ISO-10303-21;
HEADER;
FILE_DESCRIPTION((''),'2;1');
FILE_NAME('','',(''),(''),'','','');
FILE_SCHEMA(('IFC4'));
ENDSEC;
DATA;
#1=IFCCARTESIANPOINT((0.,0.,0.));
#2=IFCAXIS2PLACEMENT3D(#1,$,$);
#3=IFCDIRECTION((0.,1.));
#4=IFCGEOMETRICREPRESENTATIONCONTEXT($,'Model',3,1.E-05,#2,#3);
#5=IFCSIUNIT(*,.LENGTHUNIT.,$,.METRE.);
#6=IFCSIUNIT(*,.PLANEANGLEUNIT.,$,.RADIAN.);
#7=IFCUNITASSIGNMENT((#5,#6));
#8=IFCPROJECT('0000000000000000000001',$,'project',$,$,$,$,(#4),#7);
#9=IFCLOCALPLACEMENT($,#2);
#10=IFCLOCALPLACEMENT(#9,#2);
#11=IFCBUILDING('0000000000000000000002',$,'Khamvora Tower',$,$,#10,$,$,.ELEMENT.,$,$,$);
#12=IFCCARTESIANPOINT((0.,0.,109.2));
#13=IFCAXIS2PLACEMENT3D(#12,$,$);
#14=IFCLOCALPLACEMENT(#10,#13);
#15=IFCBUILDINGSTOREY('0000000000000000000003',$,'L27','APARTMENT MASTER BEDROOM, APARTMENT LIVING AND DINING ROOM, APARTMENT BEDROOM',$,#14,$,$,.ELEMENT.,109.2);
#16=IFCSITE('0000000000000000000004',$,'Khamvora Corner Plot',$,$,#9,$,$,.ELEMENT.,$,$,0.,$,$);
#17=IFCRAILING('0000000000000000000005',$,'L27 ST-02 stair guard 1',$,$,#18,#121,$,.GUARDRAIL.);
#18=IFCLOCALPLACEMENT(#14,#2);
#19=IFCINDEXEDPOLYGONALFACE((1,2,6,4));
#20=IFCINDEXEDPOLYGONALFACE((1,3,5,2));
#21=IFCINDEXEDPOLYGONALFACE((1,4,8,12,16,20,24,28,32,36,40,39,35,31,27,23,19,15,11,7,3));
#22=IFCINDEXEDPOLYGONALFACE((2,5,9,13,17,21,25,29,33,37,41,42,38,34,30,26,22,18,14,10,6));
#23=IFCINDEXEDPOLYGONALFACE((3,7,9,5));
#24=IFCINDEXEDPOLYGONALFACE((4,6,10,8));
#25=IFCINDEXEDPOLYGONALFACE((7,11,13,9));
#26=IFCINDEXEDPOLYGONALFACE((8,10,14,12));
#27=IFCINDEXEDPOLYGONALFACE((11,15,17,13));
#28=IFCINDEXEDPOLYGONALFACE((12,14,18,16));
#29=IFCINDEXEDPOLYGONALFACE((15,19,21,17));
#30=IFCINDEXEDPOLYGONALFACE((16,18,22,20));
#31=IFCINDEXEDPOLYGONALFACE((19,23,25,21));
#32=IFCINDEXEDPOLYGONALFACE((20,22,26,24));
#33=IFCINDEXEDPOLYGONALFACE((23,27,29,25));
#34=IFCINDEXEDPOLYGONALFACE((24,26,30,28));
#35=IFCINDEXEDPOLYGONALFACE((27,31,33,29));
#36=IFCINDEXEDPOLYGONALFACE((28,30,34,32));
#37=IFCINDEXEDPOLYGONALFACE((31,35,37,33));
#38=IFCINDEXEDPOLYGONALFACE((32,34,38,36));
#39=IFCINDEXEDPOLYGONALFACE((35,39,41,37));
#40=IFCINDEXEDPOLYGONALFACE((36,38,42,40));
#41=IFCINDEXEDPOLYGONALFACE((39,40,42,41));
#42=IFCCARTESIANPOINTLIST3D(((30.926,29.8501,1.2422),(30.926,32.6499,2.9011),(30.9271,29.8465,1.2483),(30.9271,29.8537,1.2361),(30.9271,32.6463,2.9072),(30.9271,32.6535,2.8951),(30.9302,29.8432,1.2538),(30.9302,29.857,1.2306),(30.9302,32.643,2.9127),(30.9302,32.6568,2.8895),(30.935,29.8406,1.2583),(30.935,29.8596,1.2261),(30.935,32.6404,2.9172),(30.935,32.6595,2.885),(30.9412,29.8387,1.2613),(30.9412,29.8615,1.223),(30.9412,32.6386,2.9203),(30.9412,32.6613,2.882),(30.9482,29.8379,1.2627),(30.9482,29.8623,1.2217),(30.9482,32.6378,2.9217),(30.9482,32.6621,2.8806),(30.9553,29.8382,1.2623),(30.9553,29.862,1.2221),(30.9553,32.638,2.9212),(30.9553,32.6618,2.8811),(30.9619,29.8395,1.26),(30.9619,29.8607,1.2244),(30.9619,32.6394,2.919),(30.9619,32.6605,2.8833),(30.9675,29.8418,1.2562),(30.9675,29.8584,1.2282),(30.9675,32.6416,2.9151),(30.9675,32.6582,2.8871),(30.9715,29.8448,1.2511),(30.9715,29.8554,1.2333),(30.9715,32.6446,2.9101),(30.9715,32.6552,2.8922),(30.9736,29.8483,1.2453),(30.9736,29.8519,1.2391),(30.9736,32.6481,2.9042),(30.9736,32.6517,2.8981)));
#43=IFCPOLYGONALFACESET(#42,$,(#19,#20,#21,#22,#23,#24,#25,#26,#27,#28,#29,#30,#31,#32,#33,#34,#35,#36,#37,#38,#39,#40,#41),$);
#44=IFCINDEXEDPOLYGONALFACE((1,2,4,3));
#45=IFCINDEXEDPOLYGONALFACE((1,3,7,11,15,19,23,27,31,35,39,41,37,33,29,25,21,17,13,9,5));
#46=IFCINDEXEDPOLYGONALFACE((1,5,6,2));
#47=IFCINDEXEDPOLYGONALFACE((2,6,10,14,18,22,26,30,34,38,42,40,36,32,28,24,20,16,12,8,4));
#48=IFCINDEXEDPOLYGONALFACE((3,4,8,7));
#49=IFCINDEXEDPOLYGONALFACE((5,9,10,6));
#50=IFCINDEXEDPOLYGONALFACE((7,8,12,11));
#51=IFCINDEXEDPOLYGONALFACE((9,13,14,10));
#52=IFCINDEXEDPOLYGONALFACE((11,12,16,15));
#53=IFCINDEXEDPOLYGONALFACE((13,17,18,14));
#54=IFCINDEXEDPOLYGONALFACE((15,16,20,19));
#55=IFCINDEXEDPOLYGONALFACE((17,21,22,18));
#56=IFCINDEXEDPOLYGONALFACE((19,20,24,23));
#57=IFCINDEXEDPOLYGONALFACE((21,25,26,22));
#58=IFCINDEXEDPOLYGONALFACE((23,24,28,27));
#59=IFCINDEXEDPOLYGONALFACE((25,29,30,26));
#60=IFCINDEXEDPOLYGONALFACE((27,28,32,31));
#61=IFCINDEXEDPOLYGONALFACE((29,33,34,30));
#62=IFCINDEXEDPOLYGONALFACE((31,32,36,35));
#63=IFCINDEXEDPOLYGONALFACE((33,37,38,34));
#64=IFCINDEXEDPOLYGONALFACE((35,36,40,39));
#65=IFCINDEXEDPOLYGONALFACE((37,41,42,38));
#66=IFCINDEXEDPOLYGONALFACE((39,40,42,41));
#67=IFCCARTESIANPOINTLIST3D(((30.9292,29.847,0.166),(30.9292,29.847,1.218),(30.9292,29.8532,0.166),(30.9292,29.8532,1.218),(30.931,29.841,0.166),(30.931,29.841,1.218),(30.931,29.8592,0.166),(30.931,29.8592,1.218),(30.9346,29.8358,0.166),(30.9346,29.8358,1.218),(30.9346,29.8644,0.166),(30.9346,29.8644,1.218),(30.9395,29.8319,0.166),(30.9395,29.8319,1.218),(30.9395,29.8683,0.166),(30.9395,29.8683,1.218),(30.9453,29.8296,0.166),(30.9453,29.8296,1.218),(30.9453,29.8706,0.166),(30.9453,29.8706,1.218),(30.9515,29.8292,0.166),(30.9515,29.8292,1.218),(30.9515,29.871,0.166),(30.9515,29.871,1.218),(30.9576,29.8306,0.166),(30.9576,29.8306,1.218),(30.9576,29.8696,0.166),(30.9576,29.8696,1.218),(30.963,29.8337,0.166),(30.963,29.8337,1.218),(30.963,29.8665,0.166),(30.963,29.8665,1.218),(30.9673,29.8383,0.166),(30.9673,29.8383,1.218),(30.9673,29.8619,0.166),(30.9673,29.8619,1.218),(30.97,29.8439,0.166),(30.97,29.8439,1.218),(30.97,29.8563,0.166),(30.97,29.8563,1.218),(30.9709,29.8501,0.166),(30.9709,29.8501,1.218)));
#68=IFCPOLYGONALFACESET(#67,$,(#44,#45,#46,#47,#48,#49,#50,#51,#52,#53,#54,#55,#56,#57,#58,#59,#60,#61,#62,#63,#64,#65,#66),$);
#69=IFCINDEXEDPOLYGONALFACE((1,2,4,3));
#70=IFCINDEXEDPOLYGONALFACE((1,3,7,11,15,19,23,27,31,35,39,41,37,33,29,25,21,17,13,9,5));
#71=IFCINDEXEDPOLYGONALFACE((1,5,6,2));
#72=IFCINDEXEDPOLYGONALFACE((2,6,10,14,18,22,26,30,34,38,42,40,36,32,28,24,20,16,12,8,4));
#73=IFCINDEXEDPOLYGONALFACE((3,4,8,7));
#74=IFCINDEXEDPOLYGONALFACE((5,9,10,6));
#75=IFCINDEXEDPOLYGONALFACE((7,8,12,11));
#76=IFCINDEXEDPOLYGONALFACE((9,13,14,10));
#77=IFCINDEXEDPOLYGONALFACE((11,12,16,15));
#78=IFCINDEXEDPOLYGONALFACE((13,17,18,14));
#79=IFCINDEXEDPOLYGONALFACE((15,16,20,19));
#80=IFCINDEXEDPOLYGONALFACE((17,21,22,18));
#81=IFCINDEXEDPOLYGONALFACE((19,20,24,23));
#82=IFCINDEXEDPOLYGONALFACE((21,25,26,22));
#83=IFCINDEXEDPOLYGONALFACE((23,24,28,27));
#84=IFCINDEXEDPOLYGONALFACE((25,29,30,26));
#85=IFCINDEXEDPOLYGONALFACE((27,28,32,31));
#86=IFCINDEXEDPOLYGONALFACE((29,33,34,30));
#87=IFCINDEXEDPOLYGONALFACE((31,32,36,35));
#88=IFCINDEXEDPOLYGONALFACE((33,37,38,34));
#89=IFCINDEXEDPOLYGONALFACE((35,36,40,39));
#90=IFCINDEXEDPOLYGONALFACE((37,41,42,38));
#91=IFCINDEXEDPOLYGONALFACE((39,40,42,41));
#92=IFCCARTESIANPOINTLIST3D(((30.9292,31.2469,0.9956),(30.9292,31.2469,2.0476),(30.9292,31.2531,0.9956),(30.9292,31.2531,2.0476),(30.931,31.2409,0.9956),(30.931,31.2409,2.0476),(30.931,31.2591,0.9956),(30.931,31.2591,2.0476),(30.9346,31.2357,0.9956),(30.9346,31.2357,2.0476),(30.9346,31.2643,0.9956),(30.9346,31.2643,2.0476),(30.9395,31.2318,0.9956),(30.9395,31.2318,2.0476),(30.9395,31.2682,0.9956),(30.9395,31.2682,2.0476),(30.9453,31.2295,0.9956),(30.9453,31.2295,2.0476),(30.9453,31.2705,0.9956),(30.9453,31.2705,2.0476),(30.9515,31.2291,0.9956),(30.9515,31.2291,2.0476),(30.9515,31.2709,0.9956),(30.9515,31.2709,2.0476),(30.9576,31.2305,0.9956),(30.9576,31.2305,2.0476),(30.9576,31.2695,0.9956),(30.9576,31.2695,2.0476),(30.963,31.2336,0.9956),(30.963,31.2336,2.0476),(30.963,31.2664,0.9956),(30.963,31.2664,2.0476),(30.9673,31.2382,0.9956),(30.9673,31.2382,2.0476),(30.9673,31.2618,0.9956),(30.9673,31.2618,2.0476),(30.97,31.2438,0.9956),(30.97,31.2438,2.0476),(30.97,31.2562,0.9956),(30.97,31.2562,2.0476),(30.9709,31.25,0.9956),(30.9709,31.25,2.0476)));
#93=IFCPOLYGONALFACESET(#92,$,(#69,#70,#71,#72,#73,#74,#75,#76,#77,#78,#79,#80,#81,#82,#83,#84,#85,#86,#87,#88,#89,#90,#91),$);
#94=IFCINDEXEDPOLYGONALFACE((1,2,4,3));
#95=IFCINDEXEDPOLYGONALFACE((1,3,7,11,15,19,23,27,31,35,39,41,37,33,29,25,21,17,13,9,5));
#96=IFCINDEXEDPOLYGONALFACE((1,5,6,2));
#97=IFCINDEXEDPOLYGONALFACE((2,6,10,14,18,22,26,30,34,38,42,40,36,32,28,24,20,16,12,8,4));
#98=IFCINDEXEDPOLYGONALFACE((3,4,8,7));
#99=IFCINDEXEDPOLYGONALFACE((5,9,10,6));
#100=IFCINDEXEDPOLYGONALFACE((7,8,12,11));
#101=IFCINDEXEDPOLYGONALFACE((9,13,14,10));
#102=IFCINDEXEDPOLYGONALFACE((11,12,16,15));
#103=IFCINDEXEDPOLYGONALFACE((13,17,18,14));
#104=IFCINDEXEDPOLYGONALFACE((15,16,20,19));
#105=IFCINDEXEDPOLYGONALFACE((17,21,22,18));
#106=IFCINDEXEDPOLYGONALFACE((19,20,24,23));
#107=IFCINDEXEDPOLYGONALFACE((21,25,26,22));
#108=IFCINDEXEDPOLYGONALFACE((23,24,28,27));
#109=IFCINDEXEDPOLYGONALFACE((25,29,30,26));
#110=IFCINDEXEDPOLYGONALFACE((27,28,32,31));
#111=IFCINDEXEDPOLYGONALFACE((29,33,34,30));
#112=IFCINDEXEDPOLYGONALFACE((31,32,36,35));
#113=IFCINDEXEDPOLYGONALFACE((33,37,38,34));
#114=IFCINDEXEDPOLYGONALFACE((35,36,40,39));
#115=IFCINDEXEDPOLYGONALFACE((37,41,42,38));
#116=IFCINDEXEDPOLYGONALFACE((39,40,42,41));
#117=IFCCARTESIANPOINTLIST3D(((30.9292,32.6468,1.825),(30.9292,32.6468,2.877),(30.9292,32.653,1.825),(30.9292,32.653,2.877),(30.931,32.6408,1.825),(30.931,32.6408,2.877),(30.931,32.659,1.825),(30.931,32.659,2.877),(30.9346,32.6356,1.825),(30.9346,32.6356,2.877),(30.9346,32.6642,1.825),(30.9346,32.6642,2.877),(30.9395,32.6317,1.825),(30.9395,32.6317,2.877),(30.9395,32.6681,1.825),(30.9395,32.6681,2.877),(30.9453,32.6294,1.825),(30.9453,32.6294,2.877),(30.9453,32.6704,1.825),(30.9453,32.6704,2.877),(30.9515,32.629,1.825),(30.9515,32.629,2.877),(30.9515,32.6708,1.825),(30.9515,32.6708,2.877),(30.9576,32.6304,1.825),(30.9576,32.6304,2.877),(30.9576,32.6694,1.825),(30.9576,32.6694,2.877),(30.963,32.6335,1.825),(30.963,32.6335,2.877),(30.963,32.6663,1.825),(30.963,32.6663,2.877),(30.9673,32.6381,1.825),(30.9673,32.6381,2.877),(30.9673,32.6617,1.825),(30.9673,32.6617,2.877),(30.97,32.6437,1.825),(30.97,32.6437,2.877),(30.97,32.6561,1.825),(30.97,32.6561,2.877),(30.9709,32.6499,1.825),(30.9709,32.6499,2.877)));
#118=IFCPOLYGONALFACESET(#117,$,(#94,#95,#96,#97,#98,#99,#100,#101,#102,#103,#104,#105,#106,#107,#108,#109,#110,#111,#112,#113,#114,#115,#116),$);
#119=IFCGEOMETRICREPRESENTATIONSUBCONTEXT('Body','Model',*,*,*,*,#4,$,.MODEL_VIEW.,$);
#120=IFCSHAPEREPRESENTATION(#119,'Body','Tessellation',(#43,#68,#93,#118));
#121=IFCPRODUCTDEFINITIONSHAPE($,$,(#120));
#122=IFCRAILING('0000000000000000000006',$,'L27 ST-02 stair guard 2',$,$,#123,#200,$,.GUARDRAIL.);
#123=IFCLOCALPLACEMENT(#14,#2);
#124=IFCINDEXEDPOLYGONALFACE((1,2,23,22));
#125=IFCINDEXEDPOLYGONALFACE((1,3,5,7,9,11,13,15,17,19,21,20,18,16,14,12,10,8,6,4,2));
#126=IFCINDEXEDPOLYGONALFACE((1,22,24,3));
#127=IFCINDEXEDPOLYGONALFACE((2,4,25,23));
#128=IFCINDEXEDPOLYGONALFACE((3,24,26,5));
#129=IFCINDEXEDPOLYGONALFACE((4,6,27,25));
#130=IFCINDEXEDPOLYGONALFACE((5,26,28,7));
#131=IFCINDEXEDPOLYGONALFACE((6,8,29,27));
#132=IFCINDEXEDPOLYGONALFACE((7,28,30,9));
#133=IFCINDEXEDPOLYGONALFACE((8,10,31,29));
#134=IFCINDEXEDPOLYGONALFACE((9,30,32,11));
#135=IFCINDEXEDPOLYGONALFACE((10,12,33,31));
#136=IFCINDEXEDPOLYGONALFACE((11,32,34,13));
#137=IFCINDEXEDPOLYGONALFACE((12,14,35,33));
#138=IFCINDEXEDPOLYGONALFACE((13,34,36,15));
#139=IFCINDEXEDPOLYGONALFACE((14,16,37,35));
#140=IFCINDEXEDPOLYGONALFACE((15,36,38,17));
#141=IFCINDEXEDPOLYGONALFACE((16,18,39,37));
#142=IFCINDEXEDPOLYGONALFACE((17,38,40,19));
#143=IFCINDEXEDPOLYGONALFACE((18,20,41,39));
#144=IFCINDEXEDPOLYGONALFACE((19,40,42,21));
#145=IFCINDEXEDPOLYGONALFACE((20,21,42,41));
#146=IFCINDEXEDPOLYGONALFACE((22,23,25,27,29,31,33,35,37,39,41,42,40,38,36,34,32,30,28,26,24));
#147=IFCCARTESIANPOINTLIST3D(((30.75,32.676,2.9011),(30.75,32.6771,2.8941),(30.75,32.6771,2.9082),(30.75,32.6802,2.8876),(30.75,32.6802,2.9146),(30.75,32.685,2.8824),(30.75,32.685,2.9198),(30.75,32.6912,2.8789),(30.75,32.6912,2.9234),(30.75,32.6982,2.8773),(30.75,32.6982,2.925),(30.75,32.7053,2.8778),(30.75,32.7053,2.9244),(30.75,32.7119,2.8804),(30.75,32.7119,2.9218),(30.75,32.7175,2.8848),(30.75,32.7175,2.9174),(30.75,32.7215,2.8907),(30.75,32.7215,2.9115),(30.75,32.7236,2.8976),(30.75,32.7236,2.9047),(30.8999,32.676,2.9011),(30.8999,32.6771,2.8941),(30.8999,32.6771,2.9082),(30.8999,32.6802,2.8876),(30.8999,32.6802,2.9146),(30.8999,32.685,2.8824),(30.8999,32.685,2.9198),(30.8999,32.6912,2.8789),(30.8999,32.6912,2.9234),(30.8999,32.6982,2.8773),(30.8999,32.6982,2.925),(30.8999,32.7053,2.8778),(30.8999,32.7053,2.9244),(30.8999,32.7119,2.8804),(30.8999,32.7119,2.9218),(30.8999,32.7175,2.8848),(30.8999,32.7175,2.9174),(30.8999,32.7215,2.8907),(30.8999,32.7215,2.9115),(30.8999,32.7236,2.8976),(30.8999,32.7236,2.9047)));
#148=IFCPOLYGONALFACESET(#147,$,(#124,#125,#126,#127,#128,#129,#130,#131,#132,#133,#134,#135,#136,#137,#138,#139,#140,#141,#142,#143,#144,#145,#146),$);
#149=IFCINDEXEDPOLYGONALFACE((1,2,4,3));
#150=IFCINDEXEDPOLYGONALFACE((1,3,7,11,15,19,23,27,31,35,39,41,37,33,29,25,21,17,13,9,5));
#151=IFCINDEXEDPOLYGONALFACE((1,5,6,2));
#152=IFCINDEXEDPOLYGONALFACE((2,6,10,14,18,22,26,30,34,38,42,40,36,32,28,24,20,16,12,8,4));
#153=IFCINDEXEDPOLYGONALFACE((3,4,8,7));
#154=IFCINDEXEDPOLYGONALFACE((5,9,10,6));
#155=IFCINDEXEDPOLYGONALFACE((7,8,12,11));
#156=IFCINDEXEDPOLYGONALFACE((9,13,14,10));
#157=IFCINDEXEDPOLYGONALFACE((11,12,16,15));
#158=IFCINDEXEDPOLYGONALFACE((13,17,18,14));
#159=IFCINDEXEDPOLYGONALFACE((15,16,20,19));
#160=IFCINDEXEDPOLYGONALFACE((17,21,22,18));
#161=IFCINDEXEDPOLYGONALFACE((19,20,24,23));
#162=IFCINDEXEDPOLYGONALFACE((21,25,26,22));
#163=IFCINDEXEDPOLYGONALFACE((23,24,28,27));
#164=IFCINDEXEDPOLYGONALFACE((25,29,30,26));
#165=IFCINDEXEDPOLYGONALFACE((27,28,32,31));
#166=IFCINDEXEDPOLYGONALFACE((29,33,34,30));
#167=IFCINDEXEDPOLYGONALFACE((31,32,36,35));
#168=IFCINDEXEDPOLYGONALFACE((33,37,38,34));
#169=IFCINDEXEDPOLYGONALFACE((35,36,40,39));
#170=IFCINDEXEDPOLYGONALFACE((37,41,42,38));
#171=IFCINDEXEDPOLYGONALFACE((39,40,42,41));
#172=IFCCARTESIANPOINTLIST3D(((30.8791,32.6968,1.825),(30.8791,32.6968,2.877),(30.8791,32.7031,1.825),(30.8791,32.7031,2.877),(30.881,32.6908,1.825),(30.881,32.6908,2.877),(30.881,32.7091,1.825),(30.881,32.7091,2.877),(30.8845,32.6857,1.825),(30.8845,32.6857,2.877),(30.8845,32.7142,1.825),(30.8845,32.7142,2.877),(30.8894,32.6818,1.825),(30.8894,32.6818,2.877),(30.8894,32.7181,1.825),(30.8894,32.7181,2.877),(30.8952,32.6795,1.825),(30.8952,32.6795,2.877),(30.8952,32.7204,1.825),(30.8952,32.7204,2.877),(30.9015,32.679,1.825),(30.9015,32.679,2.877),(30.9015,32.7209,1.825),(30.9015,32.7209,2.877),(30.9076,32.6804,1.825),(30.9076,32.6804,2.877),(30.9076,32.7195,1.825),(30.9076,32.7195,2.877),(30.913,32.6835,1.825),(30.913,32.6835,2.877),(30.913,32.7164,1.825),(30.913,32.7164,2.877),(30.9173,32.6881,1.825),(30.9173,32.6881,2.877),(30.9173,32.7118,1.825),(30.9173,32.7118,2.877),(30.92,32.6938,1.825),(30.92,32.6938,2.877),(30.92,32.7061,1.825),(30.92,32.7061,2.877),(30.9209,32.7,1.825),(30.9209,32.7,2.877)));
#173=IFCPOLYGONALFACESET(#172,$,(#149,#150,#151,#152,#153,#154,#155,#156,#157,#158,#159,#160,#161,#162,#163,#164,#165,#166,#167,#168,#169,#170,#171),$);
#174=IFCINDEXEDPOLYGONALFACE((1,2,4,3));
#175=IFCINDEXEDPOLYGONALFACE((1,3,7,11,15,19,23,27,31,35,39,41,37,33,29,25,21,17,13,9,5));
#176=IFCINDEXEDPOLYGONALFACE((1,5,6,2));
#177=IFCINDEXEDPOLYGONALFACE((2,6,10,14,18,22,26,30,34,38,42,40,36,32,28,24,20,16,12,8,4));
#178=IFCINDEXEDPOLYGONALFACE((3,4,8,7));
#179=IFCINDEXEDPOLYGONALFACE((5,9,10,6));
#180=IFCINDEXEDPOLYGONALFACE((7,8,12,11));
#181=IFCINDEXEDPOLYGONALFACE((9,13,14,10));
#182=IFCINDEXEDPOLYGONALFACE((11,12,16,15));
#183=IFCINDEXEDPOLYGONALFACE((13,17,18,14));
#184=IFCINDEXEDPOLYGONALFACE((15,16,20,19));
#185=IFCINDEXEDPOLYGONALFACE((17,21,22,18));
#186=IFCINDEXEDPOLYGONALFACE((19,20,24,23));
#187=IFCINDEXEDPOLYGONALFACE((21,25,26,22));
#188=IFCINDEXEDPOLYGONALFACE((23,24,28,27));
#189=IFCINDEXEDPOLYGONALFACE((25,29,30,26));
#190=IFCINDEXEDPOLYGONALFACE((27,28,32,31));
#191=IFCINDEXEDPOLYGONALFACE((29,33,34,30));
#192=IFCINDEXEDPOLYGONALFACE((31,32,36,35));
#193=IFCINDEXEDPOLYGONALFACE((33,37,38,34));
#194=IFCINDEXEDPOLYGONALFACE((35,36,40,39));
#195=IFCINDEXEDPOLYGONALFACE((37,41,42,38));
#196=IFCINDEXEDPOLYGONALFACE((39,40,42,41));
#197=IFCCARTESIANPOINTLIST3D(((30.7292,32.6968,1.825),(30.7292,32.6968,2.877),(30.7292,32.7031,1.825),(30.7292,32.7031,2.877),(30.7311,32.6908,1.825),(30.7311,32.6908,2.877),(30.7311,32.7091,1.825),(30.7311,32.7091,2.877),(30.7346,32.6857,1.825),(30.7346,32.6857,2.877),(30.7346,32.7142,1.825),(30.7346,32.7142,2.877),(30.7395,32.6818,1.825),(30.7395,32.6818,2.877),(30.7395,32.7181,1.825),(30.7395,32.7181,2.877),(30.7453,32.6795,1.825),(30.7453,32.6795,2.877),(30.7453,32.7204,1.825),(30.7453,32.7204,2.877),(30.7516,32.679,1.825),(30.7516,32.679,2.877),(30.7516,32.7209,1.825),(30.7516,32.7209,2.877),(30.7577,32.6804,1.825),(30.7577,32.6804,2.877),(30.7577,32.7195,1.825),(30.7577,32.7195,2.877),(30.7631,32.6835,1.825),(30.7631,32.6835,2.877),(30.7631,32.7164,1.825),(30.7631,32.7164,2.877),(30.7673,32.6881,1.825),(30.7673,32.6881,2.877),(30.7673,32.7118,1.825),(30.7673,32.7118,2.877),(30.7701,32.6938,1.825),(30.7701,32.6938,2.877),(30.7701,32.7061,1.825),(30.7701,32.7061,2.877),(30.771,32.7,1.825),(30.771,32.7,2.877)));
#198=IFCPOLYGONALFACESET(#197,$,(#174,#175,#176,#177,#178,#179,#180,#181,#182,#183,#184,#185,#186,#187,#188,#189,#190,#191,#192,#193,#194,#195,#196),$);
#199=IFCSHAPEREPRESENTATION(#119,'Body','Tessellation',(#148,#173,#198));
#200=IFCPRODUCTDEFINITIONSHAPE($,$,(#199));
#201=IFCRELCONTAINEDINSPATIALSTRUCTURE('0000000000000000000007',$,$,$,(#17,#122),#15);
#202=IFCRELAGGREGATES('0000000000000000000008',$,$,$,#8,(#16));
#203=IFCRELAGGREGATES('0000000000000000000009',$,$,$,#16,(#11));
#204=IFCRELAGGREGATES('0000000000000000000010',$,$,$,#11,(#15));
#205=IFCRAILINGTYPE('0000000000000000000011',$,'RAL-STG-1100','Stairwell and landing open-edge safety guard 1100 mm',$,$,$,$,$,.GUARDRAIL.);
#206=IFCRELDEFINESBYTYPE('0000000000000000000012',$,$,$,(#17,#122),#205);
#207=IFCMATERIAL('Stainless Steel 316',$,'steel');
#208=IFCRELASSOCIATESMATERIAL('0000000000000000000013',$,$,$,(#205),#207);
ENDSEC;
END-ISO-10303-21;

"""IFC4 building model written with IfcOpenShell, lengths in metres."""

from ifc_helpers import new_model, si_unit, direction, frame, origin, origin_2d, place, context, subcontext, project, spatial, circle, extrude, material, type_object, element, save


model = new_model("IFC4")

# Units and contexts
model_context = context("Model", 3, precision=1e-05, world=origin(), true_north=direction((0.0, 1.0)))
body_context = subcontext(model_context, "Body", "Model", "MODEL_VIEW")
ifc_project = project(units=[si_unit("LENGTHUNIT", "METRE"), si_unit("PLANEANGLEUNIT", "RADIAN")], contexts=[model_context])

# Site, building, storey
site_placement = place(None, origin())
site = spatial("IfcSite", under=ifc_project, at=site_placement, Name="Khamvora Corner Plot", CompositionType="ELEMENT", RefElevation=0.0)
building_placement = place(site_placement, origin())
building = spatial("IfcBuilding", under=site, at=building_placement, Name="Khamvora Tower", CompositionType="ELEMENT")
storey_placement = place(building_placement, frame((0.0, 0.0, 109.2)))
storey = spatial("IfcBuildingStorey", under=building, at=storey_placement, Name="L27", Description="APARTMENT MASTER BEDROOM, APARTMENT LIVING AND DINING ROOM, APARTMENT BEDROOM", CompositionType="ELEMENT", Elevation=109.2)

# Railings
ifc_material_1 = material(Name="Stainless Steel 316", Category="steel")
railing_type_1 = type_object("IfcRailingType", Name="RAL-STG-1100", Description="Stairwell and landing open-edge safety guard 1100 mm", PredefinedType="GUARDRAIL", material=ifc_material_1)
railing_1_placement = place(storey_placement, frame((30.95, 29.8501, 0.166)))
element("IfcRailing", 1, at=railing_1_placement, inside=storey, type_object=railing_type_1, Name="L27 ST-02 stair guard 1", PredefinedType="GUARDRAIL", context=body_context, shape_type="SweptSolid", body=[
    extrude(circle(Radius=0.0239, at=origin_2d()), frame((0.0, 0.0, 1.0762), z_axis=(0.0, 0.86032, 0.509755), x_axis=(-1.0, 0.0, 0.0)), (0.0, 0.0, 1.0), 3.2544),
    extrude(circle(Radius=0.021, at=origin_2d()), origin(), (0.0, 0.0, 1.0), 1.052),
    extrude(circle(Radius=0.021, at=origin_2d()), frame((0.0, 1.3999, 0.8296)), (0.0, 0.0, 1.0), 1.052),
    extrude(circle(Radius=0.021, at=origin_2d()), frame((0.0, 2.7998, 1.6589)), (0.0, 0.0, 1.0), 1.052),
])
railing_2_placement = place(storey_placement, frame((30.8999, 32.7, 1.825)))
element("IfcRailing", 2, at=railing_2_placement, inside=storey, type_object=railing_type_1, Name="L27 ST-02 stair guard 2", PredefinedType="GUARDRAIL", context=body_context, shape_type="SweptSolid", body=[
    extrude(circle(Radius=0.0239, at=origin_2d()), frame((0.0, 0.0, 1.0762), z_axis=(-1.0, 0.0, 0.0), x_axis=(0.0, -1.0, 0.0)), (0.0, 0.0, 1.0), 0.1499),
    extrude(circle(Radius=0.021, at=origin_2d()), origin(), (0.0, 0.0, 1.0), 1.052),
    extrude(circle(Radius=0.021, at=origin_2d()), frame((-0.1499, 0.0, 0.0)), (0.0, 0.0, 1.0), 1.052),
])

save(model, "model.ifc")
